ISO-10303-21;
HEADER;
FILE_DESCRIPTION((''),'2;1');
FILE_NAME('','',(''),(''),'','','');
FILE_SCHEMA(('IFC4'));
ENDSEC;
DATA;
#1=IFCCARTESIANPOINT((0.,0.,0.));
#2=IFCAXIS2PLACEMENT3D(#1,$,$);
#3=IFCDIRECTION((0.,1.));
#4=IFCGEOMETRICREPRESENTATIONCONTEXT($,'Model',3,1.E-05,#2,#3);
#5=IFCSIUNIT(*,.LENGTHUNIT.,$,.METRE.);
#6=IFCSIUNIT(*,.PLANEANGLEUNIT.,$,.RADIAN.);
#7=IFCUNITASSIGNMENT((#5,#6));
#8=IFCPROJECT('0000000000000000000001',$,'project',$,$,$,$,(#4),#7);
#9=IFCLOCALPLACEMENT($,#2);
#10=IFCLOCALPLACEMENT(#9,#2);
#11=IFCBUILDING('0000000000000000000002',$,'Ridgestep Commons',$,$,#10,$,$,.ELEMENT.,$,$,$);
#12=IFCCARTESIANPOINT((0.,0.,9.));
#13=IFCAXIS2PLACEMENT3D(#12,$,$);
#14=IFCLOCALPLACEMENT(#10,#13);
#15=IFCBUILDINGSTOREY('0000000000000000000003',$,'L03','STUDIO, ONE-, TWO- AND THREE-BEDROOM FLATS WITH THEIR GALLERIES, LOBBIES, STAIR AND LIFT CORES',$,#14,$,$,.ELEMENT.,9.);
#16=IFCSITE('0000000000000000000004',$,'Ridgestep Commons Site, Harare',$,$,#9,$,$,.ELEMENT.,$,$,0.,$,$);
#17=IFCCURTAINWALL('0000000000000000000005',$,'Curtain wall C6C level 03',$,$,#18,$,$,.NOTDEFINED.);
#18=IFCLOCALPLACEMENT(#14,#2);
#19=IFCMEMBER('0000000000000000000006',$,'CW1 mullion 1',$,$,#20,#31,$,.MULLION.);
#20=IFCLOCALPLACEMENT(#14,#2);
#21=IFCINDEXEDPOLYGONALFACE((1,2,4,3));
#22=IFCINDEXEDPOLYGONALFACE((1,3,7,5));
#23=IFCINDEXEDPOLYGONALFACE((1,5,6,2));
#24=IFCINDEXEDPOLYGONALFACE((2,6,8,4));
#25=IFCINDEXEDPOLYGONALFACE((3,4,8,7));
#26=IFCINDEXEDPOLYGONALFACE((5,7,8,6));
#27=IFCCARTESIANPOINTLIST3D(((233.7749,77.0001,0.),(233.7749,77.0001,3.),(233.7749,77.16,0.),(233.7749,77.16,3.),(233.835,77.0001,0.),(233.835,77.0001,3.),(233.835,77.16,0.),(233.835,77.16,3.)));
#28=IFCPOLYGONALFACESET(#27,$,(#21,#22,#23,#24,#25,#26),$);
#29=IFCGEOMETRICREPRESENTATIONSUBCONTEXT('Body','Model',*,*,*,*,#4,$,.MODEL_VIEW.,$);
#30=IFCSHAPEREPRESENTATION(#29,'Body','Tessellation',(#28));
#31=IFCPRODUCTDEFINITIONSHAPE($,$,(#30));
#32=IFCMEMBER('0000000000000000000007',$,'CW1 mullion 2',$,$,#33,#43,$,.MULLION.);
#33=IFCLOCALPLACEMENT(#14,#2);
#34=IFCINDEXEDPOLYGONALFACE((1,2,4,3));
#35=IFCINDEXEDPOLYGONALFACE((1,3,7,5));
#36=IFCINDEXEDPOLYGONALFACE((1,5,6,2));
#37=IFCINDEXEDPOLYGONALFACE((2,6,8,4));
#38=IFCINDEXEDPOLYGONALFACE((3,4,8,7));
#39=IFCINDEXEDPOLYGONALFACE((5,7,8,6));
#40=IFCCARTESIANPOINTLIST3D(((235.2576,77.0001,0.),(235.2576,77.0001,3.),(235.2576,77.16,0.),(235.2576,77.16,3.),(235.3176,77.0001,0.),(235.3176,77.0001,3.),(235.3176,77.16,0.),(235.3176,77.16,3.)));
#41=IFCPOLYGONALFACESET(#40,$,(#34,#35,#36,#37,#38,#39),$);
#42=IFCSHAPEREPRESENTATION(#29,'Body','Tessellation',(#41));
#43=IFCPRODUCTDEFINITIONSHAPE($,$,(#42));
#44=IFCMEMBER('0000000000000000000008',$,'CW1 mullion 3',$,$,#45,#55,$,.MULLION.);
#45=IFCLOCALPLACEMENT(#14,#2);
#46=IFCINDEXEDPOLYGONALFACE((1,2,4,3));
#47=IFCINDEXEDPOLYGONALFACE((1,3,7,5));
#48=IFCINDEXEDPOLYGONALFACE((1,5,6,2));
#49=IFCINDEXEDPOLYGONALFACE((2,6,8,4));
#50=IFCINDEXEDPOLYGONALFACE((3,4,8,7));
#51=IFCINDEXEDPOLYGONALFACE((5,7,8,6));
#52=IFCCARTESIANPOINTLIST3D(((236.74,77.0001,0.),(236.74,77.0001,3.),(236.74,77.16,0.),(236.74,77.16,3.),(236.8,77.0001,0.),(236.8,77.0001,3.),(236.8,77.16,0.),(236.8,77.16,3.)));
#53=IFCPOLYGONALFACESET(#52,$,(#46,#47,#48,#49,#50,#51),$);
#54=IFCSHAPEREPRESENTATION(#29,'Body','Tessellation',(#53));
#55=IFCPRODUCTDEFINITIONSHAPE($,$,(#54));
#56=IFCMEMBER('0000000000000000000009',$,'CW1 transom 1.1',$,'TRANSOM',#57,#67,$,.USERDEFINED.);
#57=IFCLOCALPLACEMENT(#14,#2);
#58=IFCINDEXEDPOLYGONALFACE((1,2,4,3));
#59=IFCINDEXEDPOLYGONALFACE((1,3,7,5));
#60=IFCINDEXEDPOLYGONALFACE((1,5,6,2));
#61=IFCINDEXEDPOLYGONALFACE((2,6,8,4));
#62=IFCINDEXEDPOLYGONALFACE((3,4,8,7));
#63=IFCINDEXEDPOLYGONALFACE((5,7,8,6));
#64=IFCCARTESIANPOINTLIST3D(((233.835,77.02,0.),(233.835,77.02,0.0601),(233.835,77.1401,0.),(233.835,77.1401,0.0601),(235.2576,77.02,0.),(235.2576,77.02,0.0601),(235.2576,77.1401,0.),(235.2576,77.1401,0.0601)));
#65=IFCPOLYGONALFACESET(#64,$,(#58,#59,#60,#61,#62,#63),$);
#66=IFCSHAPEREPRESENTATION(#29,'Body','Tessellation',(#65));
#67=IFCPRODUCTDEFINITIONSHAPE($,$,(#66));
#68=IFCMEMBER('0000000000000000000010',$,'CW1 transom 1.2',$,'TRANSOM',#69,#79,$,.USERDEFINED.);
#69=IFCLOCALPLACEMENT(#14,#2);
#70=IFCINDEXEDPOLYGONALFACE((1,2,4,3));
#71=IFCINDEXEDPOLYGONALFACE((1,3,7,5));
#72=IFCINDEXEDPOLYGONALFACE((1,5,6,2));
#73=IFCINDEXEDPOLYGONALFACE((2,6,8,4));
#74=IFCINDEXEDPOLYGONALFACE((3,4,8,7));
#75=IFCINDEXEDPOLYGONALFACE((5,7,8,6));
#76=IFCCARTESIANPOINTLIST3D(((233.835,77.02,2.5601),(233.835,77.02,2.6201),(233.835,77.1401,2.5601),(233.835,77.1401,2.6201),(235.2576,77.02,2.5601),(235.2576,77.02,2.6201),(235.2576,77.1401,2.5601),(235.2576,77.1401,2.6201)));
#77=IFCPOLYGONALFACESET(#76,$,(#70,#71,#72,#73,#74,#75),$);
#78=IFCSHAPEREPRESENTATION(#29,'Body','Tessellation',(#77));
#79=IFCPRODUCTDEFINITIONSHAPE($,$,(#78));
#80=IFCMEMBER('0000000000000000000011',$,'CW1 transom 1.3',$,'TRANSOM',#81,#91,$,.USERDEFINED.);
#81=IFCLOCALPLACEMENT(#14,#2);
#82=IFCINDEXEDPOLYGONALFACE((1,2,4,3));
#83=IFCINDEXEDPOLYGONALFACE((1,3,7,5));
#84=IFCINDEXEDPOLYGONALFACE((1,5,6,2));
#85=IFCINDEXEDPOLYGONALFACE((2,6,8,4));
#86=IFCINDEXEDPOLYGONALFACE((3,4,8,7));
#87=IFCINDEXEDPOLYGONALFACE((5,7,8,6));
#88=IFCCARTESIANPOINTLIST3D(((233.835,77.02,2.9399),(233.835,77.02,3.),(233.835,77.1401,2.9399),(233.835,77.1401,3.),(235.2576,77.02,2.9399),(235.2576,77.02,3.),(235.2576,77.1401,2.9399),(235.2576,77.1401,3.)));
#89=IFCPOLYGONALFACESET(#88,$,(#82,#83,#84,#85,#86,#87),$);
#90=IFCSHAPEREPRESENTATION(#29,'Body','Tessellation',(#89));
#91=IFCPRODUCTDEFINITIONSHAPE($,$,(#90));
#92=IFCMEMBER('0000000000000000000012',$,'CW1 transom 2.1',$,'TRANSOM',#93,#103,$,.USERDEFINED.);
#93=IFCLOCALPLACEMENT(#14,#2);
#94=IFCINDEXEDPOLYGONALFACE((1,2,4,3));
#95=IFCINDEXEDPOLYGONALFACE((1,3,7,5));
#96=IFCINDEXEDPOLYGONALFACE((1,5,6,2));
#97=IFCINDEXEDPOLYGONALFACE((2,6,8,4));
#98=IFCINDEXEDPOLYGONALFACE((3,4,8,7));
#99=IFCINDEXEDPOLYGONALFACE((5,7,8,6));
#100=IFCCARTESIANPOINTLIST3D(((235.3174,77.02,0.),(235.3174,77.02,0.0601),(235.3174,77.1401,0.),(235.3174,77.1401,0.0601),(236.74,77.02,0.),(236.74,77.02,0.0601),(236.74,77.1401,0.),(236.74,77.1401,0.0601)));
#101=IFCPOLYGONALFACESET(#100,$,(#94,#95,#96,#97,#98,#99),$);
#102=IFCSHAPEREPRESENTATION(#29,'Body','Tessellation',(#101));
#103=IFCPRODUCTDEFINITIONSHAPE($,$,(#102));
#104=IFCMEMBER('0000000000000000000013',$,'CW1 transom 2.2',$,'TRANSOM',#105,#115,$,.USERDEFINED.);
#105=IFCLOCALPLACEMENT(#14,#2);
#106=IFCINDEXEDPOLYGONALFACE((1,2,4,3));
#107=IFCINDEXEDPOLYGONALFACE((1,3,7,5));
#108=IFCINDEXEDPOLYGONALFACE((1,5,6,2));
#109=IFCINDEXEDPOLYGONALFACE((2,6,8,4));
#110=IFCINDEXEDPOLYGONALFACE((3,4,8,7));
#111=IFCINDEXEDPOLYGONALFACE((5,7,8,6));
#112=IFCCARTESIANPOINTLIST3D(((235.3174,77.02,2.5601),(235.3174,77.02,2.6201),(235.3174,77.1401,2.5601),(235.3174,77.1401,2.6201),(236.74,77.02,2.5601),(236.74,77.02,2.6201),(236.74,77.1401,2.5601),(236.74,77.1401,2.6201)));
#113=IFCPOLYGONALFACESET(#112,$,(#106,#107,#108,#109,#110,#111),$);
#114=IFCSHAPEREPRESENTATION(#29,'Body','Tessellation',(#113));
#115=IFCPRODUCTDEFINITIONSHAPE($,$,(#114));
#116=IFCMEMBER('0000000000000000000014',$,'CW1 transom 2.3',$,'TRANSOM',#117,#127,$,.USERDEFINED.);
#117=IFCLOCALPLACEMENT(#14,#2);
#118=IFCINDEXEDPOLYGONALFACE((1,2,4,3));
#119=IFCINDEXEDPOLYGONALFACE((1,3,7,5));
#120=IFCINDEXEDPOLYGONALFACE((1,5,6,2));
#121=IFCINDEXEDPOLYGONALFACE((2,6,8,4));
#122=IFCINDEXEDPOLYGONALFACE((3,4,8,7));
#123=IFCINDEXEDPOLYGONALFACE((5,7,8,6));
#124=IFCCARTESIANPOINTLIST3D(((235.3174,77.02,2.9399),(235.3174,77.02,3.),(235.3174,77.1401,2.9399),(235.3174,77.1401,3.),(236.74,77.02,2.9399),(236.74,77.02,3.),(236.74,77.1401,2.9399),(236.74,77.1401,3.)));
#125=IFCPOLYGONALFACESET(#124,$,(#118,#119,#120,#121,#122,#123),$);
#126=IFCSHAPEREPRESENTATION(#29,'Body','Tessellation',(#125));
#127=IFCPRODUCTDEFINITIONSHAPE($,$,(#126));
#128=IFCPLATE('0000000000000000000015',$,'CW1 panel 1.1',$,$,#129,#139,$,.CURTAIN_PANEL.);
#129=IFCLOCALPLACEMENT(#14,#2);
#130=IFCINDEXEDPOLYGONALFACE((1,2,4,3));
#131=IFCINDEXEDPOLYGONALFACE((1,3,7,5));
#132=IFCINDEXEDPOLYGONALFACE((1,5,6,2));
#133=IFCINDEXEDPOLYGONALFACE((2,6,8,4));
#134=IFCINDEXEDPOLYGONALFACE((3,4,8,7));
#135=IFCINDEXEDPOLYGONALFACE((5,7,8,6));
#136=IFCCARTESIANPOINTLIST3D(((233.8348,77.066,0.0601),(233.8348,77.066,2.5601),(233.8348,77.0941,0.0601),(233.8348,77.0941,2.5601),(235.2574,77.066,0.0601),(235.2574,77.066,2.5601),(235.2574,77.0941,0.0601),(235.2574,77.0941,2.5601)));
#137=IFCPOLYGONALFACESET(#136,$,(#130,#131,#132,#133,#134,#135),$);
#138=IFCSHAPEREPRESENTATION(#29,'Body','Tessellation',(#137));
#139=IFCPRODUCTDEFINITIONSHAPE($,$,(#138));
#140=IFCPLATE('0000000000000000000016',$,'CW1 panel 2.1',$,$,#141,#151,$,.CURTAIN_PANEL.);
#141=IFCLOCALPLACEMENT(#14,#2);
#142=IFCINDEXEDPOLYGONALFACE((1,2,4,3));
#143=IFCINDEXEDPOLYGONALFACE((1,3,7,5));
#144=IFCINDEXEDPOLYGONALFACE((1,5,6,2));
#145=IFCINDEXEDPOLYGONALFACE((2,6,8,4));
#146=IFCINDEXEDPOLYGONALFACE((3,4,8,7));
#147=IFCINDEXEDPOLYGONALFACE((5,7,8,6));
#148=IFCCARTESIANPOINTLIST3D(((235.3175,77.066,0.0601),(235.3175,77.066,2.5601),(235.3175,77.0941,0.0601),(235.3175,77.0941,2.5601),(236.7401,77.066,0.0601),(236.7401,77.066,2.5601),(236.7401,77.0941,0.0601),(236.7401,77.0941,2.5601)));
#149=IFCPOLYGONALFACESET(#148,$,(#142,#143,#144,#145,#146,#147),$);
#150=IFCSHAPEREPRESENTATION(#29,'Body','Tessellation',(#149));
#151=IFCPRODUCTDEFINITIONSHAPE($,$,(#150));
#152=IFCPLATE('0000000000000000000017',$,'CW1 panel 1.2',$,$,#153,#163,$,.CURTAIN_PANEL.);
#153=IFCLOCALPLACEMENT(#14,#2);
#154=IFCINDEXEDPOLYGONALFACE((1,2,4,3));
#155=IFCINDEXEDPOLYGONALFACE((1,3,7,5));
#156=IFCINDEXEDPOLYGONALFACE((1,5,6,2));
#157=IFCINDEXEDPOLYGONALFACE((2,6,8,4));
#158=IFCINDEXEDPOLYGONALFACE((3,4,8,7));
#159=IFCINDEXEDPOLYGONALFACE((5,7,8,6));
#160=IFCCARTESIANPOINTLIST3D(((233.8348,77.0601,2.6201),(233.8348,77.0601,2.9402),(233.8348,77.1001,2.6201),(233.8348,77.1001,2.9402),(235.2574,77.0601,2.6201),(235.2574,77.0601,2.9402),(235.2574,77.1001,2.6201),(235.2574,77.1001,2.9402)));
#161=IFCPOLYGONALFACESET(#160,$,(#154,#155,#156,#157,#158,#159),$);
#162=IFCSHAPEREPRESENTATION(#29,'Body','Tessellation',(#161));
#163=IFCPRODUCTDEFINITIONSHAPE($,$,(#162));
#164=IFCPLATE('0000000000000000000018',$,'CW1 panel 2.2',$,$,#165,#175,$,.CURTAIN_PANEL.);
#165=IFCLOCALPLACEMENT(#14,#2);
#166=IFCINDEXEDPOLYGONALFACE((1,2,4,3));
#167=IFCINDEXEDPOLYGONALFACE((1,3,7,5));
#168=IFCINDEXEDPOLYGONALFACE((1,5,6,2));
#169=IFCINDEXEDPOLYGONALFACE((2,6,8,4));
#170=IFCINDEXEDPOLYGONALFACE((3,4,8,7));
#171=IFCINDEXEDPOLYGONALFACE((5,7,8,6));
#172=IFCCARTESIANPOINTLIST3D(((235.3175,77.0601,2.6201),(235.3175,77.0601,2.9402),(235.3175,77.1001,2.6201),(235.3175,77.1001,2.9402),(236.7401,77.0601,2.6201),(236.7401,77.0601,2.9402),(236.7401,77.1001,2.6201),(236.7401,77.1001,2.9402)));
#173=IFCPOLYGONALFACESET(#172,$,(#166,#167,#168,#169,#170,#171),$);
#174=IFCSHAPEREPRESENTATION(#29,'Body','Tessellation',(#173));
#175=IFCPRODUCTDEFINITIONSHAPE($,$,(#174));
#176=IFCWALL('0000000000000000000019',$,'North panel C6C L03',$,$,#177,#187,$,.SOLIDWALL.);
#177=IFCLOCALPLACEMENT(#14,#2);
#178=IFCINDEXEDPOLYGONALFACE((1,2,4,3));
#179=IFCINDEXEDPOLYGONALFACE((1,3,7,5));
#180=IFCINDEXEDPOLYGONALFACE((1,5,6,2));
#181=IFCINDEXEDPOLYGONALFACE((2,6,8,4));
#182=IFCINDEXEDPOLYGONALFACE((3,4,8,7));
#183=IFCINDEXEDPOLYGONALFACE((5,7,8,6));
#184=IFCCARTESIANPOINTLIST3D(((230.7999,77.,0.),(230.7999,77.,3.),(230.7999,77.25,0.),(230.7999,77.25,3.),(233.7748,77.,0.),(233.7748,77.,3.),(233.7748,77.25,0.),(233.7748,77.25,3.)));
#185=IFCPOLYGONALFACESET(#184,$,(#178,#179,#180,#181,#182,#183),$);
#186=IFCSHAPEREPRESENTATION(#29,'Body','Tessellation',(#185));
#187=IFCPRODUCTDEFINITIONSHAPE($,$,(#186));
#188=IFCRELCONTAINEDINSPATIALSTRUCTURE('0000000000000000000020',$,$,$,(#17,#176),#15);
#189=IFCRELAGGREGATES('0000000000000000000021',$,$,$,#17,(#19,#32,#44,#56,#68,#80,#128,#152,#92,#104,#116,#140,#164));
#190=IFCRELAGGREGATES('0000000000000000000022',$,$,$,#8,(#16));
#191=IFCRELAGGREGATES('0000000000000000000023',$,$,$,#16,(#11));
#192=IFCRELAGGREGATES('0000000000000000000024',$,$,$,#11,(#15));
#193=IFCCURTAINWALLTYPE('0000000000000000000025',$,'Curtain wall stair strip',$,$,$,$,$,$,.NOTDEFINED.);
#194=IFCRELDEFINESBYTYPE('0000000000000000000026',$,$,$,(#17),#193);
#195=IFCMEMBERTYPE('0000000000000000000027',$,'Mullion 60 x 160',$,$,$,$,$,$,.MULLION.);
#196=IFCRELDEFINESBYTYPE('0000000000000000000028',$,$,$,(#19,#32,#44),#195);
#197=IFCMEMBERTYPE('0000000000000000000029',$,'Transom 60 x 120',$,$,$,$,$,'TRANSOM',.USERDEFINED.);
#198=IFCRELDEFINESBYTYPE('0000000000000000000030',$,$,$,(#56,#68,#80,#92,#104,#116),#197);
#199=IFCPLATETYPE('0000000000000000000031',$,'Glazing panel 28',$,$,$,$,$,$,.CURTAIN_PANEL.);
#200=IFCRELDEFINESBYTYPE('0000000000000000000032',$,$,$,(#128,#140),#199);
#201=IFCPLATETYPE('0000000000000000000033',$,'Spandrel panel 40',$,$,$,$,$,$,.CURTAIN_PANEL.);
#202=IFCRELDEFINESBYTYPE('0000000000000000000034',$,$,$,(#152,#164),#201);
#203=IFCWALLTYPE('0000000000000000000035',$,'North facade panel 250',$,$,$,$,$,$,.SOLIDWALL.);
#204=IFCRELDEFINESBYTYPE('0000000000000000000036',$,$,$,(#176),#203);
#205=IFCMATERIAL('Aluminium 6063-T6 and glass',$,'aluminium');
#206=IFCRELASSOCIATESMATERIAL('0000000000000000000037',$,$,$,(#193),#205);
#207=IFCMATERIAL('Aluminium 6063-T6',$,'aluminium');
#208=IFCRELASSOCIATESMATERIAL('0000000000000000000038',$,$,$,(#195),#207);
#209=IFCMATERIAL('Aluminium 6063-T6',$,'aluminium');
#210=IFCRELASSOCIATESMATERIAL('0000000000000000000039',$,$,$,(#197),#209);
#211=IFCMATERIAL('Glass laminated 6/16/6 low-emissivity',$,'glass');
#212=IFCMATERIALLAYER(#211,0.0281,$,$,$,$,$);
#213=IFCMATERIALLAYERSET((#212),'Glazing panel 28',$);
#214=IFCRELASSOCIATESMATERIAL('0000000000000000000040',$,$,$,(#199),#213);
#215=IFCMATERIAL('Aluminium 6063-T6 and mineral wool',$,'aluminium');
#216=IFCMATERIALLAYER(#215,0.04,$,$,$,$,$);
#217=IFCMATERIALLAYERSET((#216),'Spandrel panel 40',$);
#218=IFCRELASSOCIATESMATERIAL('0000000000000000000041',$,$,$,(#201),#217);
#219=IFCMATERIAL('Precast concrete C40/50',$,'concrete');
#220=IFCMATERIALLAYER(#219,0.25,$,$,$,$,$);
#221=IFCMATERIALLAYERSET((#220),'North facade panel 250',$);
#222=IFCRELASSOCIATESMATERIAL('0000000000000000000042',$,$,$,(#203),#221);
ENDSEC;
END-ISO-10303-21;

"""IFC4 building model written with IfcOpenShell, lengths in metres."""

from ifc_helpers import new_model, si_unit, direction, frame, frame_2d, origin, origin_2d, place, context, subcontext, project, spatial, rectangle, extrude, material, layer, layer_set, material_profile, profile_set, type_object, element, aggregate, save


model = new_model("IFC4")

# Units and contexts
model_context = context("Model", 3, precision=1e-05, world=origin(), true_north=direction((0.0, 1.0)))
body_context = subcontext(model_context, "Body", "Model", "MODEL_VIEW")
ifc_project = project(units=[si_unit("LENGTHUNIT", "METRE"), si_unit("PLANEANGLEUNIT", "RADIAN")], contexts=[model_context])

# Site, building, storey
site_placement = place(None, origin())
site = spatial("IfcSite", under=ifc_project, at=site_placement, Name="Ridgestep Commons Site, Harare", CompositionType="ELEMENT", RefElevation=0.0)
building_placement = place(site_placement, origin())
building = spatial("IfcBuilding", under=site, at=building_placement, Name="Ridgestep Commons", CompositionType="ELEMENT")
storey_placement = place(building_placement, frame((0.0, 0.0, 9.0)))
storey = spatial("IfcBuildingStorey", under=building, at=storey_placement, Name="L03", Description="STUDIO, ONE-, TWO- AND THREE-BEDROOM FLATS WITH THEIR GALLERIES, LOBBIES, STAIR AND LIFT CORES", CompositionType="ELEMENT", Elevation=9.0)

# Curtain wall, members, plates
ifc_material_1 = material(Name="Aluminium 6063-T6 and glass", Category="aluminium")
curtain_wall_type = type_object("IfcCurtainWallType", Name="Curtain wall stair strip", PredefinedType="NOTDEFINED", material=ifc_material_1)
curtain_wall_placement = place(storey_placement, origin())
curtain_wall = element("IfcCurtainWall", 1, at=curtain_wall_placement, inside=storey, type_object=curtain_wall_type, Name="Curtain wall C6C level 03", PredefinedType="NOTDEFINED")
ifc_material_2 = material(Name="Aluminium 6063-T6", Category="aluminium")
ifc_material_profile_1 = material_profile(ifc_material_2, rectangle(XDim=0.1599, YDim=0.0601, at=origin_2d()), Name="Mullion 60 x 160")
ifc_profile_set_1 = profile_set([ifc_material_profile_1], Name="Aluminium 6063-T6")
member_type_1 = type_object("IfcMemberType", Name="Mullion 60 x 160", PredefinedType="MULLION", material=ifc_profile_set_1)
member_1_placement = place(storey_placement, frame((233.8049, 77.0801, 0.0), z_axis=(0.0, 0.0, 1.0), x_axis=(0.0, 1.0, 0.0)))
member_1 = element("IfcMember", 2, at=member_1_placement, type_object=member_type_1, Name="CW1 mullion 1", PredefinedType="MULLION", context=body_context, shape_type="SweptSolid", body=[
    extrude(rectangle(XDim=0.1599, YDim=0.0601, at=origin_2d()), origin(), (0.0, 0.0, 1.0), 3.0),
])
member_2_placement = place(storey_placement, frame((235.2876, 77.0801, 0.0), z_axis=(0.0, 0.0, 1.0), x_axis=(0.0, 1.0, 0.0)))
member_2 = element("IfcMember", 3, at=member_2_placement, type_object=member_type_1, Name="CW1 mullion 2", PredefinedType="MULLION", context=body_context, shape_type="SweptSolid", body=[
    extrude(rectangle(XDim=0.1599, YDim=0.0601, at=origin_2d()), origin(), (0.0, 0.0, 1.0), 3.0),
])
member_3_placement = place(storey_placement, frame((236.77, 77.0801, 0.0), z_axis=(0.0, 0.0, 1.0), x_axis=(0.0, 1.0, 0.0)))
member_3 = element("IfcMember", 4, at=member_3_placement, type_object=member_type_1, Name="CW1 mullion 3", PredefinedType="MULLION", context=body_context, shape_type="SweptSolid", body=[
    extrude(rectangle(XDim=0.1599, YDim=0.0601, at=origin_2d()), origin(), (0.0, 0.0, 1.0), 3.0),
])
ifc_material_3 = material(Name="Aluminium 6063-T6", Category="aluminium")
ifc_material_profile_2 = material_profile(ifc_material_3, rectangle(XDim=0.1201, YDim=0.0601, at=origin_2d()), Name="Transom 60 x 120")
ifc_profile_set_2 = profile_set([ifc_material_profile_2], Name="Aluminium 6063-T6")
member_type_2 = type_object("IfcMemberType", Name="Transom 60 x 120", ElementType="TRANSOM", PredefinedType="USERDEFINED", material=ifc_profile_set_2)
member_4_placement = place(storey_placement, frame((233.835, 77.0801, 0.03), z_axis=(1.0, 0.0, 0.0), x_axis=(0.0, 1.0, 0.0)))
member_4 = element("IfcMember", 5, at=member_4_placement, type_object=member_type_2, Name="CW1 transom 1.1", ObjectType="TRANSOM", PredefinedType="USERDEFINED", context=body_context, shape_type="SweptSolid", body=[
    extrude(rectangle(XDim=0.1201, YDim=0.0601, at=origin_2d()), origin(), (0.0, 0.0, 1.0), 1.4226),
])
member_5_placement = place(storey_placement, frame((233.835, 77.0801, 2.5901), z_axis=(1.0, 0.0, 0.0), x_axis=(0.0, 1.0, 0.0)))
member_5 = element("IfcMember", 6, at=member_5_placement, type_object=member_type_2, Name="CW1 transom 1.2", ObjectType="TRANSOM", PredefinedType="USERDEFINED", context=body_context, shape_type="SweptSolid", body=[
    extrude(rectangle(XDim=0.1201, YDim=0.0601, at=origin_2d()), origin(), (0.0, 0.0, 1.0), 1.4226),
])
member_6_placement = place(storey_placement, frame((233.835, 77.0801, 2.97), z_axis=(1.0, 0.0, 0.0), x_axis=(0.0, 1.0, 0.0)))
member_6 = element("IfcMember", 7, at=member_6_placement, type_object=member_type_2, Name="CW1 transom 1.3", ObjectType="TRANSOM", PredefinedType="USERDEFINED", context=body_context, shape_type="SweptSolid", body=[
    extrude(rectangle(XDim=0.1201, YDim=0.0601, at=origin_2d()), origin(), (0.0, 0.0, 1.0), 1.4226),
])
member_7_placement = place(storey_placement, frame((235.3174, 77.0801, 0.03), z_axis=(1.0, 0.0, 0.0), x_axis=(0.0, 1.0, 0.0)))
member_7 = element("IfcMember", 8, at=member_7_placement, type_object=member_type_2, Name="CW1 transom 2.1", ObjectType="TRANSOM", PredefinedType="USERDEFINED", context=body_context, shape_type="SweptSolid", body=[
    extrude(rectangle(XDim=0.1201, YDim=0.0601, at=origin_2d()), origin(), (0.0, 0.0, 1.0), 1.4226),
])
member_8_placement = place(storey_placement, frame((235.3174, 77.0801, 2.5901), z_axis=(1.0, 0.0, 0.0), x_axis=(0.0, 1.0, 0.0)))
member_8 = element("IfcMember", 9, at=member_8_placement, type_object=member_type_2, Name="CW1 transom 2.2", ObjectType="TRANSOM", PredefinedType="USERDEFINED", context=body_context, shape_type="SweptSolid", body=[
    extrude(rectangle(XDim=0.1201, YDim=0.0601, at=origin_2d()), origin(), (0.0, 0.0, 1.0), 1.4226),
])
member_9_placement = place(storey_placement, frame((235.3174, 77.0801, 2.97), z_axis=(1.0, 0.0, 0.0), x_axis=(0.0, 1.0, 0.0)))
member_9 = element("IfcMember", 10, at=member_9_placement, type_object=member_type_2, Name="CW1 transom 2.3", ObjectType="TRANSOM", PredefinedType="USERDEFINED", context=body_context, shape_type="SweptSolid", body=[
    extrude(rectangle(XDim=0.1201, YDim=0.0601, at=origin_2d()), origin(), (0.0, 0.0, 1.0), 1.4226),
])
ifc_material_4 = material(Name="Glass laminated 6/16/6 low-emissivity", Category="glass")
ifc_layer_1 = layer(ifc_material_4, 0.0281)
ifc_layer_set_1 = layer_set([ifc_layer_1], Name="Glazing panel 28")
plate_type_1 = type_object("IfcPlateType", Name="Glazing panel 28", PredefinedType="CURTAIN_PANEL", material=ifc_layer_set_1)
plate_1_placement = place(storey_placement, frame((234.5461, 77.0801, 0.0601), z_axis=(0.0, 0.0, 1.0), x_axis=(1.0, 0.0, 0.0)))
plate_1 = element("IfcPlate", 11, at=plate_1_placement, type_object=plate_type_1, Name="CW1 panel 1.1", PredefinedType="CURTAIN_PANEL", context=body_context, shape_type="SweptSolid", body=[
    extrude(rectangle(XDim=1.4226, YDim=0.0281, at=origin_2d()), origin(), (0.0, 0.0, 1.0), 2.5),
])
plate_2_placement = place(storey_placement, frame((236.0288, 77.0801, 0.0601), z_axis=(0.0, 0.0, 1.0), x_axis=(1.0, 0.0, 0.0)))
plate_2 = element("IfcPlate", 12, at=plate_2_placement, type_object=plate_type_1, Name="CW1 panel 2.1", PredefinedType="CURTAIN_PANEL", context=body_context, shape_type="SweptSolid", body=[
    extrude(rectangle(XDim=1.4226, YDim=0.0281, at=origin_2d()), origin(), (0.0, 0.0, 1.0), 2.5),
])
ifc_material_5 = material(Name="Aluminium 6063-T6 and mineral wool", Category="aluminium")
ifc_layer_2 = layer(ifc_material_5, 0.04)
ifc_layer_set_2 = layer_set([ifc_layer_2], Name="Spandrel panel 40")
plate_type_2 = type_object("IfcPlateType", Name="Spandrel panel 40", PredefinedType="CURTAIN_PANEL", material=ifc_layer_set_2)
plate_3_placement = place(storey_placement, frame((234.5461, 77.0801, 2.6201), z_axis=(0.0, 0.0, 1.0), x_axis=(1.0, 0.0, 0.0)))
plate_3 = element("IfcPlate", 13, at=plate_3_placement, type_object=plate_type_2, Name="CW1 panel 1.2", PredefinedType="CURTAIN_PANEL", context=body_context, shape_type="SweptSolid", body=[
    extrude(rectangle(XDim=1.4226, YDim=0.04, at=origin_2d()), origin(), (0.0, 0.0, 1.0), 0.3201),
])
plate_4_placement = place(storey_placement, frame((236.0288, 77.0801, 2.6201), z_axis=(0.0, 0.0, 1.0), x_axis=(1.0, 0.0, 0.0)))
plate_4 = element("IfcPlate", 14, at=plate_4_placement, type_object=plate_type_2, Name="CW1 panel 2.2", PredefinedType="CURTAIN_PANEL", context=body_context, shape_type="SweptSolid", body=[
    extrude(rectangle(XDim=1.4226, YDim=0.04, at=origin_2d()), origin(), (0.0, 0.0, 1.0), 0.3201),
])
aggregate(curtain_wall, [member_1, member_2, member_3, member_4, member_5, member_6, plate_1, plate_3, member_7, member_8, member_9, plate_2, plate_4])

# Wall
ifc_material_6 = material(Name="Precast concrete C40/50", Category="concrete")
ifc_layer_3 = layer(ifc_material_6, 0.25)
ifc_layer_set_3 = layer_set([ifc_layer_3], Name="North facade panel 250")
wall_type = type_object("IfcWallType", Name="North facade panel 250", PredefinedType="SOLIDWALL", material=ifc_layer_set_3)
wall_placement = place(storey_placement, frame((230.8, 77.125, 0.0), z_axis=(0.0, 0.0, 1.0), x_axis=(1.0, 0.0, 0.0)))
element("IfcWall", 15, at=wall_placement, inside=storey, type_object=wall_type, Name="North panel C6C L03", PredefinedType="SOLIDWALL", context=body_context, shape_type="SweptSolid", body=[
    extrude(rectangle(XDim=2.9749, YDim=0.25, at=frame_2d((1.4873, 0.0))), origin(), (0.0, 0.0, 1.0), 3.0),
])

save(model, "model.ifc")
